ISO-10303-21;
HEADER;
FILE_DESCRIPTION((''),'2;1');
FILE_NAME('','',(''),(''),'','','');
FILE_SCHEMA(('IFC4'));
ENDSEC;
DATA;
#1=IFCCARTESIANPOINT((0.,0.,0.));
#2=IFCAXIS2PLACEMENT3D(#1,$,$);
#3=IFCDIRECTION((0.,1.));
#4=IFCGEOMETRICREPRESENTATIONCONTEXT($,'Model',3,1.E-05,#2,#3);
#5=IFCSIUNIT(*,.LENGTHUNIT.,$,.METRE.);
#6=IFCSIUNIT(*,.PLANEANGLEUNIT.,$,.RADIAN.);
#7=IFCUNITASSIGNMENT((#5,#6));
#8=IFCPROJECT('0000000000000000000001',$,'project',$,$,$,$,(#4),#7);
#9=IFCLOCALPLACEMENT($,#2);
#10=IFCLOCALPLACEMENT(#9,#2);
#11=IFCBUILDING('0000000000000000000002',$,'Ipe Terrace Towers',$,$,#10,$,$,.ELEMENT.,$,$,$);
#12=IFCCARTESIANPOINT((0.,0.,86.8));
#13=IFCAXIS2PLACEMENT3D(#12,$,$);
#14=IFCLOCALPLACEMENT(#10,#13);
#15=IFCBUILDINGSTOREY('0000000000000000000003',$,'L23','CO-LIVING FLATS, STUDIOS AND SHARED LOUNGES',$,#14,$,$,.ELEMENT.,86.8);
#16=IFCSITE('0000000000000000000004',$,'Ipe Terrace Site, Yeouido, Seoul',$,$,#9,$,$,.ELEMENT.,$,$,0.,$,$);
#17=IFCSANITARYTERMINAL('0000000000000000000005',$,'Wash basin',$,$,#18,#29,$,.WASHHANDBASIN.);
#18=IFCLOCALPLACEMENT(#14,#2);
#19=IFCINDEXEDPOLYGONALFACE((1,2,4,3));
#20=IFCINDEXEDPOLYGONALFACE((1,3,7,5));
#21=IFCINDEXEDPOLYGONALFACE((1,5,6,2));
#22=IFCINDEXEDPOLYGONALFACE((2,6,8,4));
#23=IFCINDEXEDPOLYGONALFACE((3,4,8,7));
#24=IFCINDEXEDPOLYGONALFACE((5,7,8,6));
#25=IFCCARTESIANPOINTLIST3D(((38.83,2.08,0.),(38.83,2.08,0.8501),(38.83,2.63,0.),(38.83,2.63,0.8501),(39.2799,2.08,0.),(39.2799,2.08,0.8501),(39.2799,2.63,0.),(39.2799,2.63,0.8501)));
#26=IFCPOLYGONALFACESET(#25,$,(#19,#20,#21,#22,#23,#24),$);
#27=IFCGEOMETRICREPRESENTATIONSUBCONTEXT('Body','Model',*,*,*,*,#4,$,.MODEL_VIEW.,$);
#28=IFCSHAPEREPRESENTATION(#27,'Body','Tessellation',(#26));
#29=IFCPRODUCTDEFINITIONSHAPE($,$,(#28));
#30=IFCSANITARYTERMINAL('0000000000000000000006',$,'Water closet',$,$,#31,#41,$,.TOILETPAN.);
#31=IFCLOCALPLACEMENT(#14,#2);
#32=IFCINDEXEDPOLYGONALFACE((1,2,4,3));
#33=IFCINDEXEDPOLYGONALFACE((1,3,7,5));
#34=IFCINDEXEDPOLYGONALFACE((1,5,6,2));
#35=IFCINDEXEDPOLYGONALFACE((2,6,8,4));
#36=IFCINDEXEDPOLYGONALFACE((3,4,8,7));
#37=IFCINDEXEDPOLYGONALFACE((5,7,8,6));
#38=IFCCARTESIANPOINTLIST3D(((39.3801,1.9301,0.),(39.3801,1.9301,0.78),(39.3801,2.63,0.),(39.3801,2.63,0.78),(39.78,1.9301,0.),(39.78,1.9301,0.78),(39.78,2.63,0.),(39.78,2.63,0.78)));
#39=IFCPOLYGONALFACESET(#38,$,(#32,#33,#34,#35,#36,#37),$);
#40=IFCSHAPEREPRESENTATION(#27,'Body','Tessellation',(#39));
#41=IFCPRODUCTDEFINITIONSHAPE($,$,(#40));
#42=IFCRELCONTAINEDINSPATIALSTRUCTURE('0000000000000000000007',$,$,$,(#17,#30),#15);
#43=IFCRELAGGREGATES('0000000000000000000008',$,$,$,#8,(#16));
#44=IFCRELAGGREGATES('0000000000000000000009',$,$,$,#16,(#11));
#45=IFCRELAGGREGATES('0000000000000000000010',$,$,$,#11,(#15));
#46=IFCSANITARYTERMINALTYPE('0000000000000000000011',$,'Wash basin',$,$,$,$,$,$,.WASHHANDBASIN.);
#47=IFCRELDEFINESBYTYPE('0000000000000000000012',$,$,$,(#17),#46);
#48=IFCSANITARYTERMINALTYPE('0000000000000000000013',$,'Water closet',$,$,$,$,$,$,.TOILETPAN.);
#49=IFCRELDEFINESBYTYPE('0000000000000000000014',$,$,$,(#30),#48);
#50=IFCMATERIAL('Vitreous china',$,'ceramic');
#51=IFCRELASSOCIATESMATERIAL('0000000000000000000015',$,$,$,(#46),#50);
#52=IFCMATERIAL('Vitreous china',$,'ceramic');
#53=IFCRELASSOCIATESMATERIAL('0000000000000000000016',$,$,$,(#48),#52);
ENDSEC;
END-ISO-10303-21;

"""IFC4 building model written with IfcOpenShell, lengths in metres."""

from ifc_helpers import new_model, si_unit, direction, frame, origin, origin_2d, place, context, subcontext, project, spatial, rectangle, extrude, material, type_object, element, save


model = new_model("IFC4")

# Units and contexts
model_context = context("Model", 3, precision=1e-05, world=origin(), true_north=direction((0.0, 1.0)))
body_context = subcontext(model_context, "Body", "Model", "MODEL_VIEW")
ifc_project = project(units=[si_unit("LENGTHUNIT", "METRE"), si_unit("PLANEANGLEUNIT", "RADIAN")], contexts=[model_context])

# Site, building, storey
site_placement = place(None, origin())
site = spatial("IfcSite", under=ifc_project, at=site_placement, Name="Ipe Terrace Site, Yeouido, Seoul", CompositionType="ELEMENT", RefElevation=0.0)
building_placement = place(site_placement, origin())
building = spatial("IfcBuilding", under=site, at=building_placement, Name="Ipe Terrace Towers", CompositionType="ELEMENT")
storey_placement = place(building_placement, frame((0.0, 0.0, 86.8)))
storey = spatial("IfcBuildingStorey", under=building, at=storey_placement, Name="L23", Description="CO-LIVING FLATS, STUDIOS AND SHARED LOUNGES", CompositionType="ELEMENT", Elevation=86.8)

# Sanitary terminals
ifc_material_1 = material(Name="Vitreous china", Category="ceramic")
sanitary_terminal_type_1 = type_object("IfcSanitaryTerminalType", Name="Wash basin", PredefinedType="WASHHANDBASIN", material=ifc_material_1)
sanitary_terminal_1_placement = place(storey_placement, frame((39.0549, 2.355, 0.0), z_axis=(0.0, 0.0, 1.0), x_axis=(0.0, -1.0, 0.0)))
element("IfcSanitaryTerminal", 1, at=sanitary_terminal_1_placement, inside=storey, type_object=sanitary_terminal_type_1, Name="Wash basin", PredefinedType="WASHHANDBASIN", context=body_context, shape_type="SweptSolid", body=[
    extrude(rectangle(XDim=0.55, YDim=0.45, at=origin_2d()), origin(), (0.0, 0.0, 1.0), 0.8501),
])
ifc_material_2 = material(Name="Vitreous china", Category="ceramic")
sanitary_terminal_type_2 = type_object("IfcSanitaryTerminalType", Name="Water closet", PredefinedType="TOILETPAN", material=ifc_material_2)
sanitary_terminal_2_placement = place(storey_placement, frame((39.5801, 2.28, 0.0), z_axis=(0.0, 0.0, 1.0), x_axis=(0.0, -1.0, 0.0)))
element("IfcSanitaryTerminal", 2, at=sanitary_terminal_2_placement, inside=storey, type_object=sanitary_terminal_type_2, Name="Water closet", PredefinedType="TOILETPAN", context=body_context, shape_type="SweptSolid", body=[
    extrude(rectangle(XDim=0.7, YDim=0.3999, at=origin_2d()), origin(), (0.0, 0.0, 1.0), 0.78),
])

save(model, "model.ifc")
